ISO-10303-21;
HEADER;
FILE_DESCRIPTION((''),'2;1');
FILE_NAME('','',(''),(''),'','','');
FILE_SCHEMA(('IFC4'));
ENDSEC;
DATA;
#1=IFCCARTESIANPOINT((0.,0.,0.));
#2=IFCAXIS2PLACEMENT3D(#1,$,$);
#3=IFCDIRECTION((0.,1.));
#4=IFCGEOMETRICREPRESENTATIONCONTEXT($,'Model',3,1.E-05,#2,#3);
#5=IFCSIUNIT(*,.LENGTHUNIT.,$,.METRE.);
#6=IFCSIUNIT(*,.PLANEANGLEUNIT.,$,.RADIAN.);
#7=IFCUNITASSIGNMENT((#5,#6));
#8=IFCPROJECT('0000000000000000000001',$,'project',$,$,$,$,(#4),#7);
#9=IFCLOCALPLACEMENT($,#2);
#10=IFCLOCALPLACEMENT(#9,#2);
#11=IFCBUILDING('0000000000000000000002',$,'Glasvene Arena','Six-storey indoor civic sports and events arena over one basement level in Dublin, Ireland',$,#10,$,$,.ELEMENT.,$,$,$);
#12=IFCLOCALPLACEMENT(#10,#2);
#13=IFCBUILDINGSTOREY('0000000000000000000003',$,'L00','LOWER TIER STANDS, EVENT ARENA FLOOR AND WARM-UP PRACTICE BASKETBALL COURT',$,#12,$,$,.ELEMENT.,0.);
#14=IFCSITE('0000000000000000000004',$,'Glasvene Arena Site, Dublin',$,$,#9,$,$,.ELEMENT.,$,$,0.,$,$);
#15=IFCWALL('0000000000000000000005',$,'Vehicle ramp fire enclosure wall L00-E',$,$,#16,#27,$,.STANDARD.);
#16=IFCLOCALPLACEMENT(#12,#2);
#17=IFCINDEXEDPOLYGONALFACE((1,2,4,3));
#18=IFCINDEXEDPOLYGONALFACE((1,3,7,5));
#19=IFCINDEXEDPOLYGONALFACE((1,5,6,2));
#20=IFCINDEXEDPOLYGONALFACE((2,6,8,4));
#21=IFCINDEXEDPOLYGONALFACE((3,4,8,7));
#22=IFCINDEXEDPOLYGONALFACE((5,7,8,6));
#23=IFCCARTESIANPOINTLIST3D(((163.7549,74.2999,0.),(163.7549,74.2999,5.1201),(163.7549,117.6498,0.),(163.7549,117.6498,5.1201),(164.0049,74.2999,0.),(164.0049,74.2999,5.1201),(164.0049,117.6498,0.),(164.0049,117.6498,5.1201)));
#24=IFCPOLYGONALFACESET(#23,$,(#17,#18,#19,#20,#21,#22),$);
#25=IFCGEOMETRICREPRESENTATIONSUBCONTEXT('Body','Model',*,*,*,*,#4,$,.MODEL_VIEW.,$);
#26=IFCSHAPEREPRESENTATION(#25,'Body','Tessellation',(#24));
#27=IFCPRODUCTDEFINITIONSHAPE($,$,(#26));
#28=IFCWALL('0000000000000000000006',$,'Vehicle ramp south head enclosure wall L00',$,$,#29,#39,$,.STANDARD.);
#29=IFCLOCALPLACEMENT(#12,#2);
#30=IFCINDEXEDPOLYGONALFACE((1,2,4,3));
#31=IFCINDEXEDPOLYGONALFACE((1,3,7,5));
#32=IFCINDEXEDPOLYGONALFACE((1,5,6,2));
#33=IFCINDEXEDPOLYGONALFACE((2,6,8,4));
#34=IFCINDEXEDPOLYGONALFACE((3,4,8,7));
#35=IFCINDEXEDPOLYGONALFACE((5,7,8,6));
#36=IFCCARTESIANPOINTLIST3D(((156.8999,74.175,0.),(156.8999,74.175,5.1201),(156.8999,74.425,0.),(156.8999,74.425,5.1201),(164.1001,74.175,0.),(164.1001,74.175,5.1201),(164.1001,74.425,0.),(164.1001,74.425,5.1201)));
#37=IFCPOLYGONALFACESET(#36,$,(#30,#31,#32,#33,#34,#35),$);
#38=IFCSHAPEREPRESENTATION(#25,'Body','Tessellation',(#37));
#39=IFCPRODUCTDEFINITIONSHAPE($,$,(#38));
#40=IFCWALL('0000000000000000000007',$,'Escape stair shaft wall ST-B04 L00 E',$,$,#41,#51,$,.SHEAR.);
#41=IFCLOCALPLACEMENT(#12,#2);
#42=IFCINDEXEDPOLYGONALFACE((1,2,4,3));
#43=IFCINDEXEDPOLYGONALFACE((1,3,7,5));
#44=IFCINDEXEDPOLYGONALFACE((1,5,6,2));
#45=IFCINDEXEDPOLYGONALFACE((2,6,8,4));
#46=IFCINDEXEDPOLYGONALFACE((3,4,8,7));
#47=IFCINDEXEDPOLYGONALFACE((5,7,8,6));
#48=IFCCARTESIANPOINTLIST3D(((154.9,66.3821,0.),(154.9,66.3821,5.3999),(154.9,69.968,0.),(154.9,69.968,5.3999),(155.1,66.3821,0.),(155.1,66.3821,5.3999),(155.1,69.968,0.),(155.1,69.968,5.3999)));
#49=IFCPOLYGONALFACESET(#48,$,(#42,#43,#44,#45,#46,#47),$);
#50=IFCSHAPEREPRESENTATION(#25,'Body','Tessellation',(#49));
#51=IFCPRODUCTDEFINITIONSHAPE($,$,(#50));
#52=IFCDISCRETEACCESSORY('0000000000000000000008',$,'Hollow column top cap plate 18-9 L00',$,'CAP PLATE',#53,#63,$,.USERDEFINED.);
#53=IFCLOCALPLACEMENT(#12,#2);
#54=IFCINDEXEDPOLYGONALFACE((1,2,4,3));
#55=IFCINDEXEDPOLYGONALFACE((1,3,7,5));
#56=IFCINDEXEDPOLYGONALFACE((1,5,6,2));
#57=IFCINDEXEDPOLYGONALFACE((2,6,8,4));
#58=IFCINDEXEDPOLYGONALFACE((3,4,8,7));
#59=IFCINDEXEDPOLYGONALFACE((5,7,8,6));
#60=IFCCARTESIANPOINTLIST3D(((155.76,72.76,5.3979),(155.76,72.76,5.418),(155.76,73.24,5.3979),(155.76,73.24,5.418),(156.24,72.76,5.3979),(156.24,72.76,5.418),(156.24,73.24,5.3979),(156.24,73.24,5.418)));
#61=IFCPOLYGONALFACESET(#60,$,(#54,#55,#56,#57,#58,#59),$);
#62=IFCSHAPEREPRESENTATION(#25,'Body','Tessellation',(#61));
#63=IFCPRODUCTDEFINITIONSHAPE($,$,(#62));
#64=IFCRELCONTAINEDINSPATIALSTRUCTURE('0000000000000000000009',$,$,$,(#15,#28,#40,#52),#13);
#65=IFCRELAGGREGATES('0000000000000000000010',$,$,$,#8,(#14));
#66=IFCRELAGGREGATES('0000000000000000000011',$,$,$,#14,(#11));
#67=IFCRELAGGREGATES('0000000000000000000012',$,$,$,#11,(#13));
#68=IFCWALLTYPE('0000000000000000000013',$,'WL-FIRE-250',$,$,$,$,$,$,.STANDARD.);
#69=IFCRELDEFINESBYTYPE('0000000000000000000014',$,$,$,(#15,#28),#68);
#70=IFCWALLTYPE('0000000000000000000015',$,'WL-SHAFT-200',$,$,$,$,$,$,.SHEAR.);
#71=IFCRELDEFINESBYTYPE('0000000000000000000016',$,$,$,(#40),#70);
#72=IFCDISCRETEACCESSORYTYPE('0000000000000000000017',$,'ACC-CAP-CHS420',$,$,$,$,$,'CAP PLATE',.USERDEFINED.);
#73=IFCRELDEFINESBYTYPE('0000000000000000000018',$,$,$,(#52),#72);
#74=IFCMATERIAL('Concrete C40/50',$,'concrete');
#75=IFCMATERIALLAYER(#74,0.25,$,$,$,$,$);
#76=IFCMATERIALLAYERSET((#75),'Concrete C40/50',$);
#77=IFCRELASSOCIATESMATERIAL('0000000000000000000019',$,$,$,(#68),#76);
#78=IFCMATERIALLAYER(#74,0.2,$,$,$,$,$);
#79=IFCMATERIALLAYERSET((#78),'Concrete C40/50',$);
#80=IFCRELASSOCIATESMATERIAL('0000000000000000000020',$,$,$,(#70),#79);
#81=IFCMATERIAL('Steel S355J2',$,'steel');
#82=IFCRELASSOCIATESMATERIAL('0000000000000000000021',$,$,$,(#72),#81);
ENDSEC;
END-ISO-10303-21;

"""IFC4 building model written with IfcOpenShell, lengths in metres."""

from ifc_helpers import new_model, si_unit, direction, frame, frame_2d, origin, origin_2d, place, context, subcontext, project, spatial, rectangle, extrude, material, layer, layer_set, type_object, element, save


model = new_model("IFC4")

# Units and contexts
model_context = context("Model", 3, precision=1e-05, world=origin(), true_north=direction((0.0, 1.0)))
body_context = subcontext(model_context, "Body", "Model", "MODEL_VIEW")
ifc_project = project(units=[si_unit("LENGTHUNIT", "METRE"), si_unit("PLANEANGLEUNIT", "RADIAN")], contexts=[model_context])

# Site, building, storey
site_placement = place(None, origin())
site = spatial("IfcSite", under=ifc_project, at=site_placement, Name="Glasvene Arena Site, Dublin", CompositionType="ELEMENT", RefElevation=0.0)
building_placement = place(site_placement, origin())
building = spatial("IfcBuilding", under=site, at=building_placement, Name="Glasvene Arena", Description="Six-storey indoor civic sports and events arena over one basement level in Dublin, Ireland", CompositionType="ELEMENT")
storey_placement = place(building_placement, origin())
storey = spatial("IfcBuildingStorey", under=building, at=storey_placement, Name="L00", Description="LOWER TIER STANDS, EVENT ARENA FLOOR AND WARM-UP PRACTICE BASKETBALL COURT", CompositionType="ELEMENT", Elevation=0.0)

# Shared definitions
ifc_material_1 = material(Name="Steel S355J2", Category="steel")

# Shared definitions
ifc_material_2 = material(Name="Concrete C40/50", Category="concrete")

# Walls
ifc_layer_1 = layer(ifc_material_2, 0.25)
ifc_layer_set_1 = layer_set([ifc_layer_1], Name="Concrete C40/50")
wall_type_1 = type_object("IfcWallType", Name="WL-FIRE-250", PredefinedType="STANDARD", material=ifc_layer_set_1)
for number, where, z_axis, x_axis, name in (
    (1, (163.8799, 74.3, 0.0), (0.0, 0.0, 1.0), (0.0, 1.0, 0.0), "Vehicle ramp fire enclosure wall L00-E"),
):
    element("IfcWall", number, at=place(storey_placement, frame(where, z_axis=z_axis, x_axis=x_axis)), inside=storey, type_object=wall_type_1, Name=name, PredefinedType="STANDARD", context=body_context, shape_type="SweptSolid", body=[
        extrude(rectangle(XDim=43.3499, YDim=0.25, at=frame_2d((21.6748, 0.0))), origin(), (0.0, 0.0, 1.0), 5.1201),
    ])
wall_1_placement = place(storey_placement, frame((156.8999, 74.3, 0.0), z_axis=(0.0, 0.0, 1.0), x_axis=(1.0, 0.0, 0.0)))
element("IfcWall", 2, at=wall_1_placement, inside=storey, type_object=wall_type_1, Name="Vehicle ramp south head enclosure wall L00", PredefinedType="STANDARD", context=body_context, shape_type="SweptSolid", body=[
    extrude(rectangle(XDim=7.2002, YDim=0.25, at=frame_2d((3.6001, 0.0))), origin(), (0.0, 0.0, 1.0), 5.1201),
])
ifc_layer_2 = layer(ifc_material_2, 0.2)
ifc_layer_set_2 = layer_set([ifc_layer_2], Name="Concrete C40/50")
wall_type_2 = type_object("IfcWallType", Name="WL-SHAFT-200", PredefinedType="SHEAR", material=ifc_layer_set_2)
wall_2_placement = place(storey_placement, frame((155.0, 66.3821, 0.0), z_axis=(0.0, 0.0, 1.0), x_axis=(0.0, 1.0, 0.0)))
element("IfcWall", 3, at=wall_2_placement, inside=storey, type_object=wall_type_2, Name="Escape stair shaft wall ST-B04 L00 E", PredefinedType="SHEAR", context=body_context, shape_type="SweptSolid", body=[
    extrude(rectangle(XDim=3.5859, YDim=0.2, at=frame_2d((1.793, 0.0))), origin(), (0.0, 0.0, 1.0), 5.3999),
])

# Discrete accessory
discrete_accessory_type = type_object("IfcDiscreteAccessoryType", Name="ACC-CAP-CHS420", ElementType="CAP PLATE", PredefinedType="USERDEFINED", material=ifc_material_1)
discrete_accessory_placement = place(storey_placement, frame((156.0, 73.0, 5.3979), z_axis=(0.0, 0.0, 1.0), x_axis=(1.0, 0.0, 0.0)))
element("IfcDiscreteAccessory", 4, at=discrete_accessory_placement, inside=storey, type_object=discrete_accessory_type, Name="Hollow column top cap plate 18-9 L00", ObjectType="CAP PLATE", PredefinedType="USERDEFINED", context=body_context, shape_type="SweptSolid", body=[
    extrude(rectangle(XDim=0.48, YDim=0.48, at=origin_2d()), origin(), (0.0, 0.0, 1.0), 0.02),
])

save(model, "model.ifc")
